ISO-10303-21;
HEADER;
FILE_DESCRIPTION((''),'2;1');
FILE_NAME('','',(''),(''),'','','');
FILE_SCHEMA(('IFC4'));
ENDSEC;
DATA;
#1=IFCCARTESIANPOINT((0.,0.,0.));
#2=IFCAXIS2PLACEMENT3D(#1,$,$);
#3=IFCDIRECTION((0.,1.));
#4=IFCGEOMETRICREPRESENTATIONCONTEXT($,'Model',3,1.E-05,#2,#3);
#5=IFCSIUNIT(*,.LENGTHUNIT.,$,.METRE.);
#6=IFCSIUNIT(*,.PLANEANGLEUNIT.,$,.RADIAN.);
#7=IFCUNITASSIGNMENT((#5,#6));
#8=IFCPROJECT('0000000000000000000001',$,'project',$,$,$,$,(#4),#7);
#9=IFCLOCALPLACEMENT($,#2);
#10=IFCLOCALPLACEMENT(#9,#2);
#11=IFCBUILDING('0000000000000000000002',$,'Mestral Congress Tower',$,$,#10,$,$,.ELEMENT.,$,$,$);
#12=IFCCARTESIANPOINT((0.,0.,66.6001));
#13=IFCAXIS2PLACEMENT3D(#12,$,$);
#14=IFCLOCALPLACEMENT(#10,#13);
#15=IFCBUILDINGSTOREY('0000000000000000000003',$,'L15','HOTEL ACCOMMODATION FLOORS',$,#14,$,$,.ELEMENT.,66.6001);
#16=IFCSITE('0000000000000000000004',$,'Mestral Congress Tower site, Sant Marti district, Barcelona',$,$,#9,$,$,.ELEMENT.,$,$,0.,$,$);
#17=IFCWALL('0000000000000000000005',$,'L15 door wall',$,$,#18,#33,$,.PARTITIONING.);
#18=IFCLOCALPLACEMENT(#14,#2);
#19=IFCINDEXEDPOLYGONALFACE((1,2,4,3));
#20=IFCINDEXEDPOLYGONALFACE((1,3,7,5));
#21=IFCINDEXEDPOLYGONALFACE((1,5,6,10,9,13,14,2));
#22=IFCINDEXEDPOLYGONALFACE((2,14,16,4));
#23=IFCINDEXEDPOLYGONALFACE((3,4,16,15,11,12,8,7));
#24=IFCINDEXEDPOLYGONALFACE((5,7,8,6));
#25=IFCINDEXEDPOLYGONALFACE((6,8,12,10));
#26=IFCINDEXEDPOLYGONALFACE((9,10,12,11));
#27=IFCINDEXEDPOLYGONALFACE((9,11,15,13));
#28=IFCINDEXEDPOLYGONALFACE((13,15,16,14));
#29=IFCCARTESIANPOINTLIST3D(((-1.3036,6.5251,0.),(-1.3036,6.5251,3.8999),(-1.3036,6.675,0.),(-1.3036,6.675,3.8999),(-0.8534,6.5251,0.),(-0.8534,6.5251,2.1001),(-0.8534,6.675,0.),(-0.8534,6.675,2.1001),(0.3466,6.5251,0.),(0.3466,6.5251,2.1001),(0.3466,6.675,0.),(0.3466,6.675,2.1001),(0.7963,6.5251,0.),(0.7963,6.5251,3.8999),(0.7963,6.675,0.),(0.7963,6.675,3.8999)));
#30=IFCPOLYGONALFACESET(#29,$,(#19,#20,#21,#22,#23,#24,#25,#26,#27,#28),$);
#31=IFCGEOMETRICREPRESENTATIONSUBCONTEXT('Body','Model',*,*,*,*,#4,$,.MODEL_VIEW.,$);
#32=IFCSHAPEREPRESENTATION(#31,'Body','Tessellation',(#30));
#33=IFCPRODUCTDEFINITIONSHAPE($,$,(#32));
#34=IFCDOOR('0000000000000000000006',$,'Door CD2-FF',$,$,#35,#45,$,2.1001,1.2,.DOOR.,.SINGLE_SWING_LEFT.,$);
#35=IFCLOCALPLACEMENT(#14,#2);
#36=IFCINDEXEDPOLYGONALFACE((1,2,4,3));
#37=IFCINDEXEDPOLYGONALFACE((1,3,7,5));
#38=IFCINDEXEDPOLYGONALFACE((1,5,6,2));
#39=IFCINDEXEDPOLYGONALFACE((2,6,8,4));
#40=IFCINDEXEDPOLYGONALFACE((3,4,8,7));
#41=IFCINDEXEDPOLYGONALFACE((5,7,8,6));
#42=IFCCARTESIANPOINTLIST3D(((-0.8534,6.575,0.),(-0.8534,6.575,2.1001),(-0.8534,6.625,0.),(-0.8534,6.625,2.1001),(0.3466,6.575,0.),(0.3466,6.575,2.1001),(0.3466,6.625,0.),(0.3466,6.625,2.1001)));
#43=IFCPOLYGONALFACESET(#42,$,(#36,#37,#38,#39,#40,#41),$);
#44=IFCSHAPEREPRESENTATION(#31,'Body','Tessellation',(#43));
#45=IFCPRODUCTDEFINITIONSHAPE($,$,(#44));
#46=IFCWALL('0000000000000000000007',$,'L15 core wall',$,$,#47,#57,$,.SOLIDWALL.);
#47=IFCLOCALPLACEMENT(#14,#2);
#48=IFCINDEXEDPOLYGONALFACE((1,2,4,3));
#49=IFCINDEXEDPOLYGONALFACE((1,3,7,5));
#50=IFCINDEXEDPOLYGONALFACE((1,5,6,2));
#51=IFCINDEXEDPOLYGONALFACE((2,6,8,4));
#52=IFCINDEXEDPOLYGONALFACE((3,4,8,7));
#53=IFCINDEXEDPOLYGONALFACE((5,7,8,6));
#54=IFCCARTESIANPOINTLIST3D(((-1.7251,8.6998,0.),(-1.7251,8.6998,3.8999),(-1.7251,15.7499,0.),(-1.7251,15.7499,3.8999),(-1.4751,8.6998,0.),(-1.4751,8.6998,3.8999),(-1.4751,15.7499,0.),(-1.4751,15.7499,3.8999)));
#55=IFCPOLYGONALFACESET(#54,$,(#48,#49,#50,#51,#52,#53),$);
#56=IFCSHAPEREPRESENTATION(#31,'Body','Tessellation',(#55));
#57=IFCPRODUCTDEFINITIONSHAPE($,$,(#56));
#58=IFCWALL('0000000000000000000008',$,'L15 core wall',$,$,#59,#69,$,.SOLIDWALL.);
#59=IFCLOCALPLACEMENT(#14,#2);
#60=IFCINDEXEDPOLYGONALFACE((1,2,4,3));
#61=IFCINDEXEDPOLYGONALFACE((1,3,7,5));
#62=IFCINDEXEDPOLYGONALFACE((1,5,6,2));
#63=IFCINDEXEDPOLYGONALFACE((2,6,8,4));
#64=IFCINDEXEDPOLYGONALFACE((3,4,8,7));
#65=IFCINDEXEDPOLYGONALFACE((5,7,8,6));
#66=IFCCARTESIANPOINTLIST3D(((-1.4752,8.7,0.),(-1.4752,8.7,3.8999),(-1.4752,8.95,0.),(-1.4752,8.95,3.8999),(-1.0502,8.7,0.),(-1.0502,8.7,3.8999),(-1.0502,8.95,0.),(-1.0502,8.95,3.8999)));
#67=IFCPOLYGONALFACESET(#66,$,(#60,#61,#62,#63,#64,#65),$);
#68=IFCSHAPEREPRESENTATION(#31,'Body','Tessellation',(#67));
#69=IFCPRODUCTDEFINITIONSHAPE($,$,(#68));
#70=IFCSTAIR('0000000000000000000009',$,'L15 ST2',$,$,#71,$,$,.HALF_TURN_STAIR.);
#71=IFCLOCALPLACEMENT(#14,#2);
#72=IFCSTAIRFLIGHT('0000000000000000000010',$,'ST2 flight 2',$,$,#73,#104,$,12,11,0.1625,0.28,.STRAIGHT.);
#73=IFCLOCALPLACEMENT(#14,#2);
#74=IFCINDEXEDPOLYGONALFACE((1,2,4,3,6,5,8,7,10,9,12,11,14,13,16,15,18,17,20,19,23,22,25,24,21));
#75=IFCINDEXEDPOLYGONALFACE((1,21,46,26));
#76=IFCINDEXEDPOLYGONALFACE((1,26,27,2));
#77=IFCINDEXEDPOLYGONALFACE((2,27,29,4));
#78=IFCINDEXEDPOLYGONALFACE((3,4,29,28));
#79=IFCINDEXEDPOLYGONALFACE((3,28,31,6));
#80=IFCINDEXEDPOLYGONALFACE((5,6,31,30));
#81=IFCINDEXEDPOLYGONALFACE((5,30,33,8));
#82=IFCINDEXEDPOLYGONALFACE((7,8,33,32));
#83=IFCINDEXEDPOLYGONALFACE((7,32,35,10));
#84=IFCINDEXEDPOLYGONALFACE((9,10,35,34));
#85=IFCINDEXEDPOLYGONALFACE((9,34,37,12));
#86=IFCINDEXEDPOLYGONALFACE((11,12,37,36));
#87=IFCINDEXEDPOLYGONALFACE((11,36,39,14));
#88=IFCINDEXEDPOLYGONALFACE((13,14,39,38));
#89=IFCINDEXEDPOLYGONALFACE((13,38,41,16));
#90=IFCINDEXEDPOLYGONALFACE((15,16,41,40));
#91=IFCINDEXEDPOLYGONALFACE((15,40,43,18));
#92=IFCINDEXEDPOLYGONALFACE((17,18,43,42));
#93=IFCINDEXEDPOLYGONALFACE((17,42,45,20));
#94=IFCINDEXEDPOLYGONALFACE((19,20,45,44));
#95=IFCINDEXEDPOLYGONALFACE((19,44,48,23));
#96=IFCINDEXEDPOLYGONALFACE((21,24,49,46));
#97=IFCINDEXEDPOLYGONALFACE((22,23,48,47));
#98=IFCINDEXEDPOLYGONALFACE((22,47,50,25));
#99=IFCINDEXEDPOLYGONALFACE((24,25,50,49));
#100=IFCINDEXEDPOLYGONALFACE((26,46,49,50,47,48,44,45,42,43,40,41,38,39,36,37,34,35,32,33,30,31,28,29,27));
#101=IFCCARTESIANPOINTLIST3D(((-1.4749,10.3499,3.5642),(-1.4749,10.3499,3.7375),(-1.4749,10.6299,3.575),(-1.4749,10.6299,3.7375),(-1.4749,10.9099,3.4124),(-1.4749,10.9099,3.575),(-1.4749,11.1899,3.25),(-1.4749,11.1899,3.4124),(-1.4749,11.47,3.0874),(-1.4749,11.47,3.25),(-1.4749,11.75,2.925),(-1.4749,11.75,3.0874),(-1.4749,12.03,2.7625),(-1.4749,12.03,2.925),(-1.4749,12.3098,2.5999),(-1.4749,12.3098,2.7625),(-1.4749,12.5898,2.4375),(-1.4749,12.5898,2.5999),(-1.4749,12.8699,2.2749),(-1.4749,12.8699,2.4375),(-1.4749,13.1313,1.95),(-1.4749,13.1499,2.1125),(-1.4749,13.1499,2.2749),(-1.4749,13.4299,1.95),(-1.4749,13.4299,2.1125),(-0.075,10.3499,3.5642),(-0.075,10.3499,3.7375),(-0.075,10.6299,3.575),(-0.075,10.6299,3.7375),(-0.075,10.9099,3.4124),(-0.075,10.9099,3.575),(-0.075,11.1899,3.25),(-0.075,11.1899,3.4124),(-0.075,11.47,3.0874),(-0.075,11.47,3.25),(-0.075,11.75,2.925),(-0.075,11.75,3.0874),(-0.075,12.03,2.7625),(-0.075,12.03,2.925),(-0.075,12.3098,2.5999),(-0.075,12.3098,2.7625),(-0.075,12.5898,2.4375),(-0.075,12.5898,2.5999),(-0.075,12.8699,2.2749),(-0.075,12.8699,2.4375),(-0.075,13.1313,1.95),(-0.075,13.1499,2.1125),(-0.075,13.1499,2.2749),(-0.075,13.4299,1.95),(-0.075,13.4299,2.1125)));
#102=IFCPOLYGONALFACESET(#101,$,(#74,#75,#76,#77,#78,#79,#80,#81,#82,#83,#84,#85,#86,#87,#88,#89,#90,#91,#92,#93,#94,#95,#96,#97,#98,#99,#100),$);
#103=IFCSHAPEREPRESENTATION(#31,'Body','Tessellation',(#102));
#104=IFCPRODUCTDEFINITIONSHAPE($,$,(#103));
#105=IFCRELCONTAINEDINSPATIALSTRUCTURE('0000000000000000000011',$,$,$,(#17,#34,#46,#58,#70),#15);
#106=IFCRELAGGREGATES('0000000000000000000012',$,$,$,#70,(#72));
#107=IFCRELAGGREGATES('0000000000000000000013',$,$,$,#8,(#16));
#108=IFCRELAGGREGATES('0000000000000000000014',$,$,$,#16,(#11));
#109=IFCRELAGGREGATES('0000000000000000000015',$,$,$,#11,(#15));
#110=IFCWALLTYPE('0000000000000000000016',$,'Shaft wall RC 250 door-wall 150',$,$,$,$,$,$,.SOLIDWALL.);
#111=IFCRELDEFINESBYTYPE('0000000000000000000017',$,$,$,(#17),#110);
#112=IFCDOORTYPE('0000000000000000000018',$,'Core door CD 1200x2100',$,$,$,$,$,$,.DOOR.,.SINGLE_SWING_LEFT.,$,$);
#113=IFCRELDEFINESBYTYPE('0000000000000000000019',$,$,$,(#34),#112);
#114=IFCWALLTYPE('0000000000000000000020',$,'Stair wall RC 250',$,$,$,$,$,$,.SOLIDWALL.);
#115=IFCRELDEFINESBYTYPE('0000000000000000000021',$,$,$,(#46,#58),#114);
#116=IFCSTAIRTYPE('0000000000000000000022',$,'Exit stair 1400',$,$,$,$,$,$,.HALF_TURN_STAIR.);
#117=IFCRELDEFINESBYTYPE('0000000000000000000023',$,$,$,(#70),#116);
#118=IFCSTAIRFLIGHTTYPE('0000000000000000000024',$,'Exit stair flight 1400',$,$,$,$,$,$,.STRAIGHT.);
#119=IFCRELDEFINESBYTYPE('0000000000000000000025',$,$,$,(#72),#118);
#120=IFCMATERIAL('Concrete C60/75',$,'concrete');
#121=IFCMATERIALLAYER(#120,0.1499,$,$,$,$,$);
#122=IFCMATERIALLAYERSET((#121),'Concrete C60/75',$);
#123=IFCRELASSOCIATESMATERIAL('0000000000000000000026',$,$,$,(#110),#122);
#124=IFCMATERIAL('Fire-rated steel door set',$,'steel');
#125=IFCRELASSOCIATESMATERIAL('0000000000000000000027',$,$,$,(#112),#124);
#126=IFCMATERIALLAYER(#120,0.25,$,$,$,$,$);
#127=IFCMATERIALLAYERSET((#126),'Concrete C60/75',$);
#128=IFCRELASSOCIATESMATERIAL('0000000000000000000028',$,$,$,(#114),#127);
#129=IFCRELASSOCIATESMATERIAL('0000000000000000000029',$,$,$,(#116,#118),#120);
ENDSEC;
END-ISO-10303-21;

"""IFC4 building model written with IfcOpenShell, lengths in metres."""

from ifc_helpers import new_model, si_unit, direction, frame, frame_2d, origin, place, context, subcontext, project, spatial, polyline, rectangle, outline, extrude, material, layer, layer_set, type_object, element, fill, aggregate, save


model = new_model("IFC4")

# Units and contexts
model_context = context("Model", 3, precision=1e-05, world=origin(), true_north=direction((0.0, 1.0)))
body_context = subcontext(model_context, "Body", "Model", "MODEL_VIEW")
ifc_project = project(units=[si_unit("LENGTHUNIT", "METRE"), si_unit("PLANEANGLEUNIT", "RADIAN")], contexts=[model_context])

# Site, building, storey
site_placement = place(None, origin())
site = spatial("IfcSite", under=ifc_project, at=site_placement, Name="Mestral Congress Tower site, Sant Marti district, Barcelona", CompositionType="ELEMENT", RefElevation=0.0)
building_placement = place(site_placement, origin())
building = spatial("IfcBuilding", under=site, at=building_placement, Name="Mestral Congress Tower", CompositionType="ELEMENT")
storey_placement = place(building_placement, frame((0.0, 0.0, 66.6001)))
storey = spatial("IfcBuildingStorey", under=building, at=storey_placement, Name="L15", Description="HOTEL ACCOMMODATION FLOORS", CompositionType="ELEMENT", Elevation=66.6001)

# Shared definitions
ifc_material_1 = material(Name="Fire-rated steel door set", Category="steel")

# Shared definitions
ifc_material_2 = material(Name="Concrete C60/75", Category="concrete")

# Wall, opening, door
ifc_layer_1 = layer(ifc_material_2, 0.1499)
ifc_layer_set_1 = layer_set([ifc_layer_1], Name="Concrete C60/75")
wall_type_1 = type_object("IfcWallType", Name="Shaft wall RC 250 door-wall 150", PredefinedType="SOLIDWALL", material=ifc_layer_set_1)
wall_1_placement = place(storey_placement, frame((-1.3035, 6.6001, 0.0), z_axis=(0.0, 0.0, 1.0), x_axis=(1.0, 0.0, 0.0)))
wall_1 = element("IfcWall", 1, at=wall_1_placement, inside=storey, type_object=wall_type_1, Name="L15 door wall", PredefinedType="PARTITIONING", context=body_context, shape_type="SweptSolid", body=[
    extrude(rectangle(XDim=2.0999, YDim=0.1499, at=frame_2d((1.0498, 0.0))), origin(), (0.0, 0.0, 1.0), 3.8999),
])
opening_1_placement = place(wall_1_placement, frame((0.45, 0.0, 0.0)))
opening_1 = element("IfcOpeningElement", 2, at=opening_1_placement, cuts=wall_1, PredefinedType="OPENING", context=body_context, shape_type="SweptSolid", body=[
    extrude(rectangle(XDim=1.2, YDim=2.1001, at=frame_2d((0.6001, 1.05))), frame((0.0, 0.085, 0.0), z_axis=(0.0, -1.0, 0.0), x_axis=(1.0, 0.0, 0.0)), (0.0, 0.0, 1.0), 0.1699),
])
door_type_1 = type_object("IfcDoorType", Name="Core door CD 1200x2100", OperationType="SINGLE_SWING_LEFT", PredefinedType="DOOR", material=ifc_material_1)
door_1_placement = place(opening_1_placement, origin())
door_1 = element("IfcDoor", 3, at=door_1_placement, inside=storey, type_object=door_type_1, Name="Door CD2-FF", OperationType="SINGLE_SWING_LEFT", OverallHeight=2.1001, OverallWidth=1.2, PredefinedType="DOOR", context=body_context, shape_type="SweptSolid", body=[
    extrude(rectangle(XDim=1.2, YDim=2.1001, at=frame_2d((0.6001, 1.05))), frame((0.0, 0.0249, 0.0), z_axis=(0.0, -1.0, 0.0), x_axis=(1.0, 0.0, 0.0)), (0.0, 0.0, 1.0), 0.05),
])
fill(opening_1, door_1)

# Walls
ifc_layer_2 = layer(ifc_material_2, 0.25)
ifc_layer_set_2 = layer_set([ifc_layer_2], Name="Concrete C60/75")
wall_type_2 = type_object("IfcWallType", Name="Stair wall RC 250", PredefinedType="SOLIDWALL", material=ifc_layer_set_2)
wall_2_placement = place(storey_placement, frame((-1.6001, 8.7, 0.0), z_axis=(0.0, 0.0, 1.0), x_axis=(0.0, 1.0, 0.0)))
element("IfcWall", 4, at=wall_2_placement, inside=storey, type_object=wall_type_2, Name="L15 core wall", PredefinedType="SOLIDWALL", context=body_context, shape_type="SweptSolid", body=[
    extrude(rectangle(XDim=7.05, YDim=0.25, at=frame_2d((3.5249, 0.0))), origin(), (0.0, 0.0, 1.0), 3.8999),
])
wall_3_placement = place(storey_placement, frame((-1.4751, 8.825, 0.0), z_axis=(0.0, 0.0, 1.0), x_axis=(1.0, 0.0, 0.0)))
element("IfcWall", 5, at=wall_3_placement, inside=storey, type_object=wall_type_2, Name="L15 core wall", PredefinedType="SOLIDWALL", context=body_context, shape_type="SweptSolid", body=[
    extrude(rectangle(XDim=0.425, YDim=0.25, at=frame_2d((0.2124, 0.0))), origin(), (0.0, 0.0, 1.0), 3.8999),
])

# Stair, stair flight
stair_type = type_object("IfcStairType", Name="Exit stair 1400", PredefinedType="HALF_TURN_STAIR", material=ifc_material_2)
stair_placement = place(storey_placement, origin())
stair = element("IfcStair", 6, at=stair_placement, inside=storey, type_object=stair_type, Name="L15 ST2", PredefinedType="HALF_TURN_STAIR")
stair_flight_type = type_object("IfcStairFlightType", Name="Exit stair flight 1400", PredefinedType="STRAIGHT", material=ifc_material_2)
stair_flight_placement = place(storey_placement, frame((-0.7749, 13.4299, 1.95), z_axis=(0.0, 0.0, 1.0), x_axis=(0.0, -1.0, 0.0)))
stair_flight = element("IfcStairFlight", 7, at=stair_flight_placement, type_object=stair_flight_type, Name="ST2 flight 2", NumberOfRisers=12, NumberOfTreads=11, PredefinedType="STRAIGHT", RiserHeight=0.1625, TreadLength=0.28, context=body_context, shape_type="SweptSolid", body=[
    extrude(outline(polyline([(0.0, 0.0), (0.0, 0.1626), (0.28, 0.1626), (0.28, 0.325), (0.5601, 0.325), (0.5601, 0.4875), (0.8401, 0.4875), (0.8401, 0.6499), (1.1201, 0.6499), (1.1201, 0.8125), (1.3999, 0.8125), (1.3999, 0.9751), (1.6799, 0.9751), (1.6799, 1.1375), (1.96, 1.1375), (1.96, 1.3), (2.24, 1.3), (2.24, 1.4624), (2.52, 1.4624), (2.52, 1.625), (2.8, 1.625), (2.8, 1.7876), (3.0801, 1.7876), (3.0801, 1.95), (3.0801, 1.6143), (0.2986, 0.0), (0.0, 0.0)])), frame((0.0, 0.7, 0.0), z_axis=(0.0, -1.0, 0.0), x_axis=(1.0, 0.0, 0.0)), (0.0, 0.0, 1.0), 1.3999),
])
aggregate(stair, [stair_flight])

save(model, "model.ifc")
